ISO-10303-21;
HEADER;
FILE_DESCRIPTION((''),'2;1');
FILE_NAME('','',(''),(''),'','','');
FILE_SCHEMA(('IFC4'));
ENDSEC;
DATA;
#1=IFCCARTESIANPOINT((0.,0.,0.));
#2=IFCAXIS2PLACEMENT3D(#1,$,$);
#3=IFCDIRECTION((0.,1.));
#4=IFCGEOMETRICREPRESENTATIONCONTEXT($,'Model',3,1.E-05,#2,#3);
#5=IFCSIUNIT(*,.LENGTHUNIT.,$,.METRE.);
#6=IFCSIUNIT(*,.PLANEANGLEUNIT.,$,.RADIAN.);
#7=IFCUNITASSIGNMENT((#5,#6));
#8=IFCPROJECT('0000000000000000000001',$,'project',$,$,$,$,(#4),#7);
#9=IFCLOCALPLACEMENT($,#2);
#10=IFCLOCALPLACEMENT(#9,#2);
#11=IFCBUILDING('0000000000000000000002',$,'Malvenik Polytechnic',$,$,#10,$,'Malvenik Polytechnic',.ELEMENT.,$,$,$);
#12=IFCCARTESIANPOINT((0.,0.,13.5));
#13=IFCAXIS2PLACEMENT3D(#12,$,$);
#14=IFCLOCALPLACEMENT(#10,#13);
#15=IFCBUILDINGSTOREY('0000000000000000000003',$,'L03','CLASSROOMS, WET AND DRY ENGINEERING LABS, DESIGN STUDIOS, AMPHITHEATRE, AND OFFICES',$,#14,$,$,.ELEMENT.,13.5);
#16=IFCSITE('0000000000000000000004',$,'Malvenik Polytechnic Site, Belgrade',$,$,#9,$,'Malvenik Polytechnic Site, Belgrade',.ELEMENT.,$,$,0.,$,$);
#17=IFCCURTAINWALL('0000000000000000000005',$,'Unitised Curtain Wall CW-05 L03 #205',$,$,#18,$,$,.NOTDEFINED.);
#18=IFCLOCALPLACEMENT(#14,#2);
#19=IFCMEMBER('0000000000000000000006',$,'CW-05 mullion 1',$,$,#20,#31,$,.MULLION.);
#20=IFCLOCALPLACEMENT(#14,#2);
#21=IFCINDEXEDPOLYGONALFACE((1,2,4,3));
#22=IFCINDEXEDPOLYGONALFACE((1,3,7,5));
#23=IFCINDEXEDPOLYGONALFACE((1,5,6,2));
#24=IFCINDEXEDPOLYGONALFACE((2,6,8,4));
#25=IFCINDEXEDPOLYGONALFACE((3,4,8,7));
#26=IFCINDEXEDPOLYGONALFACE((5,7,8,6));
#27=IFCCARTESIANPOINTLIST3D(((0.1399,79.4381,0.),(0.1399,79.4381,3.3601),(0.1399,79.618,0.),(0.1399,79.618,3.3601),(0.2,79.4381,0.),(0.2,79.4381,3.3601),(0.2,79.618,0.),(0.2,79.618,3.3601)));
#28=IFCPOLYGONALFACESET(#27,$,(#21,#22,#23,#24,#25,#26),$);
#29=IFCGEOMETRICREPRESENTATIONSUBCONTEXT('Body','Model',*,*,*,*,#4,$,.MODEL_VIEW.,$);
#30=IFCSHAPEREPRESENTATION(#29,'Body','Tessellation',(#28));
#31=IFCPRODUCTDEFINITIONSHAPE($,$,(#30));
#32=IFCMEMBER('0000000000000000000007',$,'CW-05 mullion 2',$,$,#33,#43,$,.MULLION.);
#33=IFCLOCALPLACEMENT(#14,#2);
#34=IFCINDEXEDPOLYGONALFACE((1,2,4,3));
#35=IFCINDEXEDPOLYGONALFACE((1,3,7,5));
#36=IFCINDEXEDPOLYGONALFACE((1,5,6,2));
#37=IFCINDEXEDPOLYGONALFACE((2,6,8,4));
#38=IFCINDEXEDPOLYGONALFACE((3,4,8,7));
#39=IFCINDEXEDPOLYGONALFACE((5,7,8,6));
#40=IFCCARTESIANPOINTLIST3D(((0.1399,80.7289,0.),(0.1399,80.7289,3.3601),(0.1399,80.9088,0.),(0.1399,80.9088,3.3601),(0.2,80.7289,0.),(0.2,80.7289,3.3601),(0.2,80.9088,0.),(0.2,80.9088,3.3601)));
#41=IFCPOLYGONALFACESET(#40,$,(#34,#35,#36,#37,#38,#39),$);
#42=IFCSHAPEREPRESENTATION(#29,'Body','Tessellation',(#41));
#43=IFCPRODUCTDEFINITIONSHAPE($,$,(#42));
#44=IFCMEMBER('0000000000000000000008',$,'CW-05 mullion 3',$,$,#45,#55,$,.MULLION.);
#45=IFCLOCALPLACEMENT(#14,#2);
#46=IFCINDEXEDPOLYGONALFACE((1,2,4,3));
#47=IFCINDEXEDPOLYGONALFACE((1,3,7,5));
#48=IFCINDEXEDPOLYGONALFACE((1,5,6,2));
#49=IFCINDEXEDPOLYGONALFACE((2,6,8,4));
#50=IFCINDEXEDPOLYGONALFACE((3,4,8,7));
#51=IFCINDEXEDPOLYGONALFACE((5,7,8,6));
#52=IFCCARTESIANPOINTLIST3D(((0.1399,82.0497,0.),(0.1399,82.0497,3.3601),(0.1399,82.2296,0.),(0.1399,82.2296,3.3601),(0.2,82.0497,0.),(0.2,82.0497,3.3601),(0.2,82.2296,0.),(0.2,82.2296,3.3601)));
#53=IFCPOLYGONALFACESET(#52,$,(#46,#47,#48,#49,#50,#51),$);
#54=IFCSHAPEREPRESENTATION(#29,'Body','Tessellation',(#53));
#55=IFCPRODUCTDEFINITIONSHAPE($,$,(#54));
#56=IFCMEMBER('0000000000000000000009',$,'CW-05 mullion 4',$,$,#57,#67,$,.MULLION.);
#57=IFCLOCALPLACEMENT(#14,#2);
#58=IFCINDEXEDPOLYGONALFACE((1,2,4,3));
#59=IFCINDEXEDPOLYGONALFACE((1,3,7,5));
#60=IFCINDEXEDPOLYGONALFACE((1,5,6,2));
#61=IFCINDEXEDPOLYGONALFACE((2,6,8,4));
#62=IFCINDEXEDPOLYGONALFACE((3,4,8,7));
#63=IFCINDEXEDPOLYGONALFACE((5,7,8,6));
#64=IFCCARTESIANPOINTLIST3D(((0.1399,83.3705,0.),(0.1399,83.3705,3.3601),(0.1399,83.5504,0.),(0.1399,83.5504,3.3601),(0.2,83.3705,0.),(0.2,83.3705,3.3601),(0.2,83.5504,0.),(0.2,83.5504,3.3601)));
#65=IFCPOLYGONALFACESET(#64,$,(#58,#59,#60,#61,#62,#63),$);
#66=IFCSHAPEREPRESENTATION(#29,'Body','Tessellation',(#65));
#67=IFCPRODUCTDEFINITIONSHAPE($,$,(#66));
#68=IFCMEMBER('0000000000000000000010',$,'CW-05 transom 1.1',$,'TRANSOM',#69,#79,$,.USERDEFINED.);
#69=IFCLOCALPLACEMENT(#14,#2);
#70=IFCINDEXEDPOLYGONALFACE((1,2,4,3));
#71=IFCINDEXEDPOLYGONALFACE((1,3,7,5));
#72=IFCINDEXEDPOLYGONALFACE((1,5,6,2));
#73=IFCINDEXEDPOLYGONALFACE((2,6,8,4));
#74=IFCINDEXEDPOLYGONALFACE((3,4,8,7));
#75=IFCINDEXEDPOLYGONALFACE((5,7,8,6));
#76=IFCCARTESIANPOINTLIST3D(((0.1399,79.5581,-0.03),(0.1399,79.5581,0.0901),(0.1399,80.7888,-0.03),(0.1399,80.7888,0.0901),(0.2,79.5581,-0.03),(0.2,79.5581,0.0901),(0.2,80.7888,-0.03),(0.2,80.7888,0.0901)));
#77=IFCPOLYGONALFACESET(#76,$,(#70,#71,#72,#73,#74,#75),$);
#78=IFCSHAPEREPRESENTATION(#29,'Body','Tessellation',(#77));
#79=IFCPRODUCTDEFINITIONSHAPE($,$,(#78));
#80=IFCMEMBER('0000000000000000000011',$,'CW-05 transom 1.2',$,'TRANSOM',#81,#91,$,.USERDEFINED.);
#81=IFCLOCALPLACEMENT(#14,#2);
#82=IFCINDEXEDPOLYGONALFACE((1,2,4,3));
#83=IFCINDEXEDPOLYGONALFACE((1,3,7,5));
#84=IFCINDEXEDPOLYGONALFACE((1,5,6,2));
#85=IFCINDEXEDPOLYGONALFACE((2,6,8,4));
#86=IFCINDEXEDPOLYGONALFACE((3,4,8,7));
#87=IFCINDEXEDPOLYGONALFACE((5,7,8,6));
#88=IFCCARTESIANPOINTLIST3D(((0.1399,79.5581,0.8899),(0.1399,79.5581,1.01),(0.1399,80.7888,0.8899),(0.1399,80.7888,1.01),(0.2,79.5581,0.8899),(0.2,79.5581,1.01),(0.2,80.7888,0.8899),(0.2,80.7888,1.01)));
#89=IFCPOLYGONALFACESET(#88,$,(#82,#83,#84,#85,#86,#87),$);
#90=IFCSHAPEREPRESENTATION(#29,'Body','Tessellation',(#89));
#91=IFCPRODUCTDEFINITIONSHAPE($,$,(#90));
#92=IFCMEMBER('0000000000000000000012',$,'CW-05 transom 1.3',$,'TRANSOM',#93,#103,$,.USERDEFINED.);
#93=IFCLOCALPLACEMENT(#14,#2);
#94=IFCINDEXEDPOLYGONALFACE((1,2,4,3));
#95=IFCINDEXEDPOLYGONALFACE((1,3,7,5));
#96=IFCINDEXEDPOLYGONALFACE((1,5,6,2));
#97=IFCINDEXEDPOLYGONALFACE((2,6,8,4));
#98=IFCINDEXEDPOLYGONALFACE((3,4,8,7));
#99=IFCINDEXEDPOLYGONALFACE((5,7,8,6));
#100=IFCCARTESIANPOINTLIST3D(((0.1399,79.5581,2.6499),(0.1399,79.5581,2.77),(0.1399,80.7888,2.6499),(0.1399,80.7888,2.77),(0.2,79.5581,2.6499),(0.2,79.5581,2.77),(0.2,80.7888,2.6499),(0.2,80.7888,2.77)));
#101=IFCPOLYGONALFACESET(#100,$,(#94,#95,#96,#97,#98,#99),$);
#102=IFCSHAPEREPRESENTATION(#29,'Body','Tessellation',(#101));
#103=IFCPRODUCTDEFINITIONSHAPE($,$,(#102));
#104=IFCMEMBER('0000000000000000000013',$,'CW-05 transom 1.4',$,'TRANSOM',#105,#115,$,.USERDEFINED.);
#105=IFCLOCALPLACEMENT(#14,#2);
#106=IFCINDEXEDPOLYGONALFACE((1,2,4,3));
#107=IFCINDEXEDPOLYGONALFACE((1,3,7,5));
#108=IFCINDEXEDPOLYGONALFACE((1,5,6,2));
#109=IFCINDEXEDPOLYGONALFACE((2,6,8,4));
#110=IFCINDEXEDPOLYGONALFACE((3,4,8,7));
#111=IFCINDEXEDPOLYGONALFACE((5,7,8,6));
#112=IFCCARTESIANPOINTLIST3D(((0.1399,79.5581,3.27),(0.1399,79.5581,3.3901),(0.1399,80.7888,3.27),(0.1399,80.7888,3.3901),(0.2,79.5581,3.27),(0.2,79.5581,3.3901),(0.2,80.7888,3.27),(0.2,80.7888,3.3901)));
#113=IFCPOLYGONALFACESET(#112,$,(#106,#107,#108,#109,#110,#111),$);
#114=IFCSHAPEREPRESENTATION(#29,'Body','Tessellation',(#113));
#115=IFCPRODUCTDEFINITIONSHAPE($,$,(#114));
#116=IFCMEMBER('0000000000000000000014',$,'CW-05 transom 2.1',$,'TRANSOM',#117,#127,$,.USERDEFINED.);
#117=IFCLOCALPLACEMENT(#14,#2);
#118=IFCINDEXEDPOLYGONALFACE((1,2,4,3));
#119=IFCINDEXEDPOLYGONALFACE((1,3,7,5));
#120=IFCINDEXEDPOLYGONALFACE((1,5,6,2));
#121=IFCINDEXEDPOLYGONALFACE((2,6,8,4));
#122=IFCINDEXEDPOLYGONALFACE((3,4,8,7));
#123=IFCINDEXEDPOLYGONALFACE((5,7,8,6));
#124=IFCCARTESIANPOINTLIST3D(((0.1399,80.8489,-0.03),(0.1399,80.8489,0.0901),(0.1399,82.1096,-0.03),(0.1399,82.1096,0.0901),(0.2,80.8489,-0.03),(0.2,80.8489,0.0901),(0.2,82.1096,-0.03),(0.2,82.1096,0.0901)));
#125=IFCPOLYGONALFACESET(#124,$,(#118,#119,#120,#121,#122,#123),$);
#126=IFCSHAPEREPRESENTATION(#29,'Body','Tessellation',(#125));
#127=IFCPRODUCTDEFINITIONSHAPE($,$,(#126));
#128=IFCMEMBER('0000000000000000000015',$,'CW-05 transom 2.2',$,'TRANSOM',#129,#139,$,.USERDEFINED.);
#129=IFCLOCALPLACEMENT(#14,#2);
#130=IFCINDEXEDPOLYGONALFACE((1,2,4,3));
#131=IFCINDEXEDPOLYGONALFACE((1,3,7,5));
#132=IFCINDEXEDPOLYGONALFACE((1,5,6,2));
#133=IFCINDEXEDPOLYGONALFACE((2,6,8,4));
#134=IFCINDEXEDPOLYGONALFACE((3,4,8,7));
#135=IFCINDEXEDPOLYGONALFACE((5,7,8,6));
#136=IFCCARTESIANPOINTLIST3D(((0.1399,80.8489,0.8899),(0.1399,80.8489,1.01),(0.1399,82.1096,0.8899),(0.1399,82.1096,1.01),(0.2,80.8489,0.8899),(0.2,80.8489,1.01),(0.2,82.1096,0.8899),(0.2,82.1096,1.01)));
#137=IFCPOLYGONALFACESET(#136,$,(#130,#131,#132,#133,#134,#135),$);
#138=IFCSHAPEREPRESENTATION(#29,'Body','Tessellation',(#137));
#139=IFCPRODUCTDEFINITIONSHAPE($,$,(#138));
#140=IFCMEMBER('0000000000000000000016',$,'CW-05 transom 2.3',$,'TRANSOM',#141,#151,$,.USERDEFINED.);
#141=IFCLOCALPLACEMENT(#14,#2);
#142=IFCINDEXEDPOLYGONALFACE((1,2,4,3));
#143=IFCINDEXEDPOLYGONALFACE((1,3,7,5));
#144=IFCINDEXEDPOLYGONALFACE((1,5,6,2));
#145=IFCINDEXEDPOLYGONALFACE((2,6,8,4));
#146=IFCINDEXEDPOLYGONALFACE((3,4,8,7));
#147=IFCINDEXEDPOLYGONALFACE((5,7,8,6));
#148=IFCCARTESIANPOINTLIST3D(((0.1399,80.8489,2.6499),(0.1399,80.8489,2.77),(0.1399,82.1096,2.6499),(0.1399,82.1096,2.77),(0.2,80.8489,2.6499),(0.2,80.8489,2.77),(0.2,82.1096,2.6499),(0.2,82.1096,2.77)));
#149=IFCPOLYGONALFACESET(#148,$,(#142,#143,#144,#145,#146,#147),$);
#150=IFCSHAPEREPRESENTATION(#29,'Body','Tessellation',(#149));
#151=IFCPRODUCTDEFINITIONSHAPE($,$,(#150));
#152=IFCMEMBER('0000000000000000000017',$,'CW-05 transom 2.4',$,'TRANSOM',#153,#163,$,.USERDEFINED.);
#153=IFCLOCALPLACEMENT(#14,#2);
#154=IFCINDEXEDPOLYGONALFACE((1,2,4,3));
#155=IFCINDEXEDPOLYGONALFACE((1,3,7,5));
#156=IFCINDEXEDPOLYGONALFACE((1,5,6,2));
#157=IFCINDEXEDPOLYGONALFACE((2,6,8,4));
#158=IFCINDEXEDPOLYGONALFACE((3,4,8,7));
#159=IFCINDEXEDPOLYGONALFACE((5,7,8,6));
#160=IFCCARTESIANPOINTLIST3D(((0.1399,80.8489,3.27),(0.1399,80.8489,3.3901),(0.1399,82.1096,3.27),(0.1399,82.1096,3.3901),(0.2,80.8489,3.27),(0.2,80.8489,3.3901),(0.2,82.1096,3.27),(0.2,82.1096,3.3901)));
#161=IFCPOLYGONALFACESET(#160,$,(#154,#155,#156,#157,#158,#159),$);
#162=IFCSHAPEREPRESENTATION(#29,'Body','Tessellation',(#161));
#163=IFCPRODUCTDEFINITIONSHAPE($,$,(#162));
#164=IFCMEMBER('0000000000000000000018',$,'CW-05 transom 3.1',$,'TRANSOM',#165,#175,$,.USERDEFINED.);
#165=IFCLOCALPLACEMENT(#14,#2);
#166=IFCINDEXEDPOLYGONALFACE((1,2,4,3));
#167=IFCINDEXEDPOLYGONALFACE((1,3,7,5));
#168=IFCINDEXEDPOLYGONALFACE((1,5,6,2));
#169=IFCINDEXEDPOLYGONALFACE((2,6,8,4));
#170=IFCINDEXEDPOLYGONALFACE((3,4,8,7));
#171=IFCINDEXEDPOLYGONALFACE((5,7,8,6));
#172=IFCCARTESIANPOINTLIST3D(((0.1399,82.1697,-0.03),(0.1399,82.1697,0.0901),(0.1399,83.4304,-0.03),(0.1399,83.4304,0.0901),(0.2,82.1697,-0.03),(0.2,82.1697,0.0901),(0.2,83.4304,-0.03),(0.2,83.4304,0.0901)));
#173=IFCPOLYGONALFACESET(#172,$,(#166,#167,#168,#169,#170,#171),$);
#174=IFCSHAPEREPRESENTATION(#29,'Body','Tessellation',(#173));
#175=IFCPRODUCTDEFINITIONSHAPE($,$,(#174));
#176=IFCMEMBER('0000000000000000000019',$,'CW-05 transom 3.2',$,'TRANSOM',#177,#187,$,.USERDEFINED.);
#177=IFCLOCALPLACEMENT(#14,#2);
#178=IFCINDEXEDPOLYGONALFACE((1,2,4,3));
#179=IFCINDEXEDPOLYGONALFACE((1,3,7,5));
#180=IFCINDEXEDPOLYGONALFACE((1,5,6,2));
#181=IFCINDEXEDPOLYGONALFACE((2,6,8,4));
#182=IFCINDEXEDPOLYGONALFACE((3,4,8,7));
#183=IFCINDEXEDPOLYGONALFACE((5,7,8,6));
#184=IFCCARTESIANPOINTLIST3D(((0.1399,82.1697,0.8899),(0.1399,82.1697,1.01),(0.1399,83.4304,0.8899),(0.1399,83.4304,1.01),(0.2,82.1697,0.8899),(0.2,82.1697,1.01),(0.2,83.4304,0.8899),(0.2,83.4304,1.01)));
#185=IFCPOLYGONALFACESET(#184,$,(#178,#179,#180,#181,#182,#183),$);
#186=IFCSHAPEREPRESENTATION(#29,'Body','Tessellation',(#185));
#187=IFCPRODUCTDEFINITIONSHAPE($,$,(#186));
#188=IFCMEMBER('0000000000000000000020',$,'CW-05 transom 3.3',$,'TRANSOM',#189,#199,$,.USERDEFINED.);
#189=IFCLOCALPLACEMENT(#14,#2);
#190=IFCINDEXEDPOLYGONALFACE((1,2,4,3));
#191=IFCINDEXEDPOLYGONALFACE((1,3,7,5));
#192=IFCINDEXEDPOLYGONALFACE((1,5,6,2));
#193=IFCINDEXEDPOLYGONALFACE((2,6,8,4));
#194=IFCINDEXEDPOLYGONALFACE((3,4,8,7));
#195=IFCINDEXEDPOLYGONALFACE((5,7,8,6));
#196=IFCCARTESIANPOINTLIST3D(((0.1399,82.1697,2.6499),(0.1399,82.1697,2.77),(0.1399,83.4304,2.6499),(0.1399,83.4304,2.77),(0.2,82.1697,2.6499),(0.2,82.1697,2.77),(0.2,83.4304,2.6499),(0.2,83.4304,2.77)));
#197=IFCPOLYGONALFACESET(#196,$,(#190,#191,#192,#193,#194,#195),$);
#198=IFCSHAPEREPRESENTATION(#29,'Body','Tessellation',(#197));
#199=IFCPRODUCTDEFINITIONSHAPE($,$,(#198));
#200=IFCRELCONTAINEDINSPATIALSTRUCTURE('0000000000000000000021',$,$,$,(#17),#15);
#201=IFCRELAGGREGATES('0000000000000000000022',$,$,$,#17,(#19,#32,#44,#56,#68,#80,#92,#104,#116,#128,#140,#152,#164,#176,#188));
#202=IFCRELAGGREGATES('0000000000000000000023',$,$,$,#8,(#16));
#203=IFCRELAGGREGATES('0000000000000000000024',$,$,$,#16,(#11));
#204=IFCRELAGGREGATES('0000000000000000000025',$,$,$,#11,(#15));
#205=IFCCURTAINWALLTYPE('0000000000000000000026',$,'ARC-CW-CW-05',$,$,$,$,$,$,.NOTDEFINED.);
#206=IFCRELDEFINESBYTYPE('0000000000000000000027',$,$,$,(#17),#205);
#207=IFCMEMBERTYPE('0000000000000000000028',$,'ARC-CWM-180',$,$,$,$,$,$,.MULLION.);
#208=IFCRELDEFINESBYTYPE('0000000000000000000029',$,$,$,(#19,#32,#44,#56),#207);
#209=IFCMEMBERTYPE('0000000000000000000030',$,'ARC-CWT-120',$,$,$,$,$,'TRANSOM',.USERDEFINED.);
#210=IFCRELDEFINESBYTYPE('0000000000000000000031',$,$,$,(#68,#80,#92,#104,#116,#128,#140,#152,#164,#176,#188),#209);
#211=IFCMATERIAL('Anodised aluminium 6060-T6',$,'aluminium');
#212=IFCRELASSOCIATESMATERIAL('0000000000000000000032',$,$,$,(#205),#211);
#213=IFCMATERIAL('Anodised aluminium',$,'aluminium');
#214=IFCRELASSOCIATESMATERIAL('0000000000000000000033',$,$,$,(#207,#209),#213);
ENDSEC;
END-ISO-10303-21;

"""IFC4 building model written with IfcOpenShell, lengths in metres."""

from ifc_helpers import new_model, si_unit, direction, frame, origin, origin_2d, place, context, subcontext, project, spatial, rectangle, extrude, material, material_profile, profile_set, type_object, element, aggregate, save


model = new_model("IFC4")

# Units and contexts
model_context = context("Model", 3, precision=1e-05, world=origin(), true_north=direction((0.0, 1.0)))
body_context = subcontext(model_context, "Body", "Model", "MODEL_VIEW")
ifc_project = project(units=[si_unit("LENGTHUNIT", "METRE"), si_unit("PLANEANGLEUNIT", "RADIAN")], contexts=[model_context])

# Site, building, storey
site_placement = place(None, origin())
site = spatial("IfcSite", under=ifc_project, at=site_placement, Name="Malvenik Polytechnic Site, Belgrade", LongName="Malvenik Polytechnic Site, Belgrade", CompositionType="ELEMENT", RefElevation=0.0)
building_placement = place(site_placement, origin())
building = spatial("IfcBuilding", under=site, at=building_placement, Name="Malvenik Polytechnic", LongName="Malvenik Polytechnic", CompositionType="ELEMENT")
storey_placement = place(building_placement, frame((0.0, 0.0, 13.5)))
storey = spatial("IfcBuildingStorey", under=building, at=storey_placement, Name="L03", Description="CLASSROOMS, WET AND DRY ENGINEERING LABS, DESIGN STUDIOS, AMPHITHEATRE, AND OFFICES", CompositionType="ELEMENT", Elevation=13.5)

# Curtain wall, members
ifc_material_1 = material(Name="Anodised aluminium 6060-T6", Category="aluminium")
curtain_wall_type = type_object("IfcCurtainWallType", Name="ARC-CW-CW-05", PredefinedType="NOTDEFINED", material=ifc_material_1)
curtain_wall_placement = place(storey_placement, origin())
curtain_wall = element("IfcCurtainWall", 1, at=curtain_wall_placement, inside=storey, type_object=curtain_wall_type, Name="Unitised Curtain Wall CW-05 L03 #205", PredefinedType="NOTDEFINED")
ifc_material_2 = material(Name="Anodised aluminium", Category="aluminium")
ifc_material_profile_1 = material_profile(ifc_material_2, rectangle(XDim=0.0601, YDim=0.1799, at=origin_2d()), Name="ALU MULLION 60x180")
ifc_profile_set_1 = profile_set([ifc_material_profile_1], Name="Anodised aluminium")
member_type_1 = type_object("IfcMemberType", Name="ARC-CWM-180", PredefinedType="MULLION", material=ifc_profile_set_1)
member_1_placement = place(storey_placement, frame((0.1699, 79.5281, 0.0), z_axis=(0.0, 0.0, 1.0), x_axis=(-1.0, 0.0, 0.0)))
member_1 = element("IfcMember", 2, at=member_1_placement, type_object=member_type_1, Name="CW-05 mullion 1", PredefinedType="MULLION", context=body_context, shape_type="SweptSolid", body=[
    extrude(rectangle(XDim=0.0601, YDim=0.1799, at=origin_2d()), origin(), (0.0, 0.0, 1.0), 3.3601),
])
member_2_placement = place(storey_placement, frame((0.1699, 80.8188, 0.0), z_axis=(0.0, 0.0, 1.0), x_axis=(-1.0, 0.0, 0.0)))
member_2 = element("IfcMember", 3, at=member_2_placement, type_object=member_type_1, Name="CW-05 mullion 2", PredefinedType="MULLION", context=body_context, shape_type="SweptSolid", body=[
    extrude(rectangle(XDim=0.0601, YDim=0.1799, at=origin_2d()), origin(), (0.0, 0.0, 1.0), 3.3601),
])
member_3_placement = place(storey_placement, frame((0.1699, 82.1396, 0.0), z_axis=(0.0, 0.0, 1.0), x_axis=(-1.0, 0.0, 0.0)))
member_3 = element("IfcMember", 4, at=member_3_placement, type_object=member_type_1, Name="CW-05 mullion 3", PredefinedType="MULLION", context=body_context, shape_type="SweptSolid", body=[
    extrude(rectangle(XDim=0.0601, YDim=0.1799, at=origin_2d()), origin(), (0.0, 0.0, 1.0), 3.3601),
])
member_4_placement = place(storey_placement, frame((0.1699, 83.4604, 0.0), z_axis=(0.0, 0.0, 1.0), x_axis=(-1.0, 0.0, 0.0)))
member_4 = element("IfcMember", 5, at=member_4_placement, type_object=member_type_1, Name="CW-05 mullion 4", PredefinedType="MULLION", context=body_context, shape_type="SweptSolid", body=[
    extrude(rectangle(XDim=0.0601, YDim=0.1799, at=origin_2d()), origin(), (0.0, 0.0, 1.0), 3.3601),
])
ifc_material_profile_2 = material_profile(ifc_material_2, rectangle(XDim=0.0601, YDim=0.1201, at=origin_2d()), Name="ALU TRANSOM 60x120")
ifc_profile_set_2 = profile_set([ifc_material_profile_2], Name="Anodised aluminium")
member_type_2 = type_object("IfcMemberType", Name="ARC-CWT-120", ElementType="TRANSOM", PredefinedType="USERDEFINED", material=ifc_profile_set_2)
member_5_placement = place(storey_placement, frame((0.1699, 79.5581, 0.03), z_axis=(0.0, 1.0, 0.0), x_axis=(-1.0, 0.0, 0.0)))
member_5 = element("IfcMember", 6, at=member_5_placement, type_object=member_type_2, Name="CW-05 transom 1.1", ObjectType="TRANSOM", PredefinedType="USERDEFINED", context=body_context, shape_type="SweptSolid", body=[
    extrude(rectangle(XDim=0.0601, YDim=0.1201, at=origin_2d()), origin(), (0.0, 0.0, 1.0), 1.2307),
])
member_6_placement = place(storey_placement, frame((0.1699, 79.5581, 0.95), z_axis=(0.0, 1.0, 0.0), x_axis=(-1.0, 0.0, 0.0)))
member_6 = element("IfcMember", 7, at=member_6_placement, type_object=member_type_2, Name="CW-05 transom 1.2", ObjectType="TRANSOM", PredefinedType="USERDEFINED", context=body_context, shape_type="SweptSolid", body=[
    extrude(rectangle(XDim=0.0601, YDim=0.1201, at=origin_2d()), origin(), (0.0, 0.0, 1.0), 1.2307),
])
member_7_placement = place(storey_placement, frame((0.1699, 79.5581, 2.71), z_axis=(0.0, 1.0, 0.0), x_axis=(-1.0, 0.0, 0.0)))
member_7 = element("IfcMember", 8, at=member_7_placement, type_object=member_type_2, Name="CW-05 transom 1.3", ObjectType="TRANSOM", PredefinedType="USERDEFINED", context=body_context, shape_type="SweptSolid", body=[
    extrude(rectangle(XDim=0.0601, YDim=0.1201, at=origin_2d()), origin(), (0.0, 0.0, 1.0), 1.2307),
])
member_8_placement = place(storey_placement, frame((0.1699, 79.5581, 3.3301), z_axis=(0.0, 1.0, 0.0), x_axis=(-1.0, 0.0, 0.0)))
member_8 = element("IfcMember", 9, at=member_8_placement, type_object=member_type_2, Name="CW-05 transom 1.4", ObjectType="TRANSOM", PredefinedType="USERDEFINED", context=body_context, shape_type="SweptSolid", body=[
    extrude(rectangle(XDim=0.0601, YDim=0.1201, at=origin_2d()), origin(), (0.0, 0.0, 1.0), 1.2307),
])
member_9_placement = place(storey_placement, frame((0.1699, 80.8489, 0.03), z_axis=(0.0, 1.0, 0.0), x_axis=(-1.0, 0.0, 0.0)))
member_9 = element("IfcMember", 10, at=member_9_placement, type_object=member_type_2, Name="CW-05 transom 2.1", ObjectType="TRANSOM", PredefinedType="USERDEFINED", context=body_context, shape_type="SweptSolid", body=[
    extrude(rectangle(XDim=0.0601, YDim=0.1201, at=origin_2d()), origin(), (0.0, 0.0, 1.0), 1.2607),
])
member_10_placement = place(storey_placement, frame((0.1699, 80.8489, 0.95), z_axis=(0.0, 1.0, 0.0), x_axis=(-1.0, 0.0, 0.0)))
member_10 = element("IfcMember", 11, at=member_10_placement, type_object=member_type_2, Name="CW-05 transom 2.2", ObjectType="TRANSOM", PredefinedType="USERDEFINED", context=body_context, shape_type="SweptSolid", body=[
    extrude(rectangle(XDim=0.0601, YDim=0.1201, at=origin_2d()), origin(), (0.0, 0.0, 1.0), 1.2607),
])
member_11_placement = place(storey_placement, frame((0.1699, 80.8489, 2.71), z_axis=(0.0, 1.0, 0.0), x_axis=(-1.0, 0.0, 0.0)))
member_11 = element("IfcMember", 12, at=member_11_placement, type_object=member_type_2, Name="CW-05 transom 2.3", ObjectType="TRANSOM", PredefinedType="USERDEFINED", context=body_context, shape_type="SweptSolid", body=[
    extrude(rectangle(XDim=0.0601, YDim=0.1201, at=origin_2d()), origin(), (0.0, 0.0, 1.0), 1.2607),
])
member_12_placement = place(storey_placement, frame((0.1699, 80.8489, 3.3301), z_axis=(0.0, 1.0, 0.0), x_axis=(-1.0, 0.0, 0.0)))
member_12 = element("IfcMember", 13, at=member_12_placement, type_object=member_type_2, Name="CW-05 transom 2.4", ObjectType="TRANSOM", PredefinedType="USERDEFINED", context=body_context, shape_type="SweptSolid", body=[
    extrude(rectangle(XDim=0.0601, YDim=0.1201, at=origin_2d()), origin(), (0.0, 0.0, 1.0), 1.2607),
])
member_13_placement = place(storey_placement, frame((0.1699, 82.1697, 0.03), z_axis=(0.0, 1.0, 0.0), x_axis=(-1.0, 0.0, 0.0)))
member_13 = element("IfcMember", 14, at=member_13_placement, type_object=member_type_2, Name="CW-05 transom 3.1", ObjectType="TRANSOM", PredefinedType="USERDEFINED", context=body_context, shape_type="SweptSolid", body=[
    extrude(rectangle(XDim=0.0601, YDim=0.1201, at=origin_2d()), origin(), (0.0, 0.0, 1.0), 1.2607),
])
member_14_placement = place(storey_placement, frame((0.1699, 82.1697, 0.95), z_axis=(0.0, 1.0, 0.0), x_axis=(-1.0, 0.0, 0.0)))
member_14 = element("IfcMember", 15, at=member_14_placement, type_object=member_type_2, Name="CW-05 transom 3.2", ObjectType="TRANSOM", PredefinedType="USERDEFINED", context=body_context, shape_type="SweptSolid", body=[
    extrude(rectangle(XDim=0.0601, YDim=0.1201, at=origin_2d()), origin(), (0.0, 0.0, 1.0), 1.2607),
])
member_15_placement = place(storey_placement, frame((0.1699, 82.1697, 2.71), z_axis=(0.0, 1.0, 0.0), x_axis=(-1.0, 0.0, 0.0)))
member_15 = element("IfcMember", 16, at=member_15_placement, type_object=member_type_2, Name="CW-05 transom 3.3", ObjectType="TRANSOM", PredefinedType="USERDEFINED", context=body_context, shape_type="SweptSolid", body=[
    extrude(rectangle(XDim=0.0601, YDim=0.1201, at=origin_2d()), origin(), (0.0, 0.0, 1.0), 1.2607),
])
aggregate(curtain_wall, [member_1, member_2, member_3, member_4, member_5, member_6, member_7, member_8, member_9, member_10, member_11, member_12, member_13, member_14, member_15])

save(model, "model.ifc")
